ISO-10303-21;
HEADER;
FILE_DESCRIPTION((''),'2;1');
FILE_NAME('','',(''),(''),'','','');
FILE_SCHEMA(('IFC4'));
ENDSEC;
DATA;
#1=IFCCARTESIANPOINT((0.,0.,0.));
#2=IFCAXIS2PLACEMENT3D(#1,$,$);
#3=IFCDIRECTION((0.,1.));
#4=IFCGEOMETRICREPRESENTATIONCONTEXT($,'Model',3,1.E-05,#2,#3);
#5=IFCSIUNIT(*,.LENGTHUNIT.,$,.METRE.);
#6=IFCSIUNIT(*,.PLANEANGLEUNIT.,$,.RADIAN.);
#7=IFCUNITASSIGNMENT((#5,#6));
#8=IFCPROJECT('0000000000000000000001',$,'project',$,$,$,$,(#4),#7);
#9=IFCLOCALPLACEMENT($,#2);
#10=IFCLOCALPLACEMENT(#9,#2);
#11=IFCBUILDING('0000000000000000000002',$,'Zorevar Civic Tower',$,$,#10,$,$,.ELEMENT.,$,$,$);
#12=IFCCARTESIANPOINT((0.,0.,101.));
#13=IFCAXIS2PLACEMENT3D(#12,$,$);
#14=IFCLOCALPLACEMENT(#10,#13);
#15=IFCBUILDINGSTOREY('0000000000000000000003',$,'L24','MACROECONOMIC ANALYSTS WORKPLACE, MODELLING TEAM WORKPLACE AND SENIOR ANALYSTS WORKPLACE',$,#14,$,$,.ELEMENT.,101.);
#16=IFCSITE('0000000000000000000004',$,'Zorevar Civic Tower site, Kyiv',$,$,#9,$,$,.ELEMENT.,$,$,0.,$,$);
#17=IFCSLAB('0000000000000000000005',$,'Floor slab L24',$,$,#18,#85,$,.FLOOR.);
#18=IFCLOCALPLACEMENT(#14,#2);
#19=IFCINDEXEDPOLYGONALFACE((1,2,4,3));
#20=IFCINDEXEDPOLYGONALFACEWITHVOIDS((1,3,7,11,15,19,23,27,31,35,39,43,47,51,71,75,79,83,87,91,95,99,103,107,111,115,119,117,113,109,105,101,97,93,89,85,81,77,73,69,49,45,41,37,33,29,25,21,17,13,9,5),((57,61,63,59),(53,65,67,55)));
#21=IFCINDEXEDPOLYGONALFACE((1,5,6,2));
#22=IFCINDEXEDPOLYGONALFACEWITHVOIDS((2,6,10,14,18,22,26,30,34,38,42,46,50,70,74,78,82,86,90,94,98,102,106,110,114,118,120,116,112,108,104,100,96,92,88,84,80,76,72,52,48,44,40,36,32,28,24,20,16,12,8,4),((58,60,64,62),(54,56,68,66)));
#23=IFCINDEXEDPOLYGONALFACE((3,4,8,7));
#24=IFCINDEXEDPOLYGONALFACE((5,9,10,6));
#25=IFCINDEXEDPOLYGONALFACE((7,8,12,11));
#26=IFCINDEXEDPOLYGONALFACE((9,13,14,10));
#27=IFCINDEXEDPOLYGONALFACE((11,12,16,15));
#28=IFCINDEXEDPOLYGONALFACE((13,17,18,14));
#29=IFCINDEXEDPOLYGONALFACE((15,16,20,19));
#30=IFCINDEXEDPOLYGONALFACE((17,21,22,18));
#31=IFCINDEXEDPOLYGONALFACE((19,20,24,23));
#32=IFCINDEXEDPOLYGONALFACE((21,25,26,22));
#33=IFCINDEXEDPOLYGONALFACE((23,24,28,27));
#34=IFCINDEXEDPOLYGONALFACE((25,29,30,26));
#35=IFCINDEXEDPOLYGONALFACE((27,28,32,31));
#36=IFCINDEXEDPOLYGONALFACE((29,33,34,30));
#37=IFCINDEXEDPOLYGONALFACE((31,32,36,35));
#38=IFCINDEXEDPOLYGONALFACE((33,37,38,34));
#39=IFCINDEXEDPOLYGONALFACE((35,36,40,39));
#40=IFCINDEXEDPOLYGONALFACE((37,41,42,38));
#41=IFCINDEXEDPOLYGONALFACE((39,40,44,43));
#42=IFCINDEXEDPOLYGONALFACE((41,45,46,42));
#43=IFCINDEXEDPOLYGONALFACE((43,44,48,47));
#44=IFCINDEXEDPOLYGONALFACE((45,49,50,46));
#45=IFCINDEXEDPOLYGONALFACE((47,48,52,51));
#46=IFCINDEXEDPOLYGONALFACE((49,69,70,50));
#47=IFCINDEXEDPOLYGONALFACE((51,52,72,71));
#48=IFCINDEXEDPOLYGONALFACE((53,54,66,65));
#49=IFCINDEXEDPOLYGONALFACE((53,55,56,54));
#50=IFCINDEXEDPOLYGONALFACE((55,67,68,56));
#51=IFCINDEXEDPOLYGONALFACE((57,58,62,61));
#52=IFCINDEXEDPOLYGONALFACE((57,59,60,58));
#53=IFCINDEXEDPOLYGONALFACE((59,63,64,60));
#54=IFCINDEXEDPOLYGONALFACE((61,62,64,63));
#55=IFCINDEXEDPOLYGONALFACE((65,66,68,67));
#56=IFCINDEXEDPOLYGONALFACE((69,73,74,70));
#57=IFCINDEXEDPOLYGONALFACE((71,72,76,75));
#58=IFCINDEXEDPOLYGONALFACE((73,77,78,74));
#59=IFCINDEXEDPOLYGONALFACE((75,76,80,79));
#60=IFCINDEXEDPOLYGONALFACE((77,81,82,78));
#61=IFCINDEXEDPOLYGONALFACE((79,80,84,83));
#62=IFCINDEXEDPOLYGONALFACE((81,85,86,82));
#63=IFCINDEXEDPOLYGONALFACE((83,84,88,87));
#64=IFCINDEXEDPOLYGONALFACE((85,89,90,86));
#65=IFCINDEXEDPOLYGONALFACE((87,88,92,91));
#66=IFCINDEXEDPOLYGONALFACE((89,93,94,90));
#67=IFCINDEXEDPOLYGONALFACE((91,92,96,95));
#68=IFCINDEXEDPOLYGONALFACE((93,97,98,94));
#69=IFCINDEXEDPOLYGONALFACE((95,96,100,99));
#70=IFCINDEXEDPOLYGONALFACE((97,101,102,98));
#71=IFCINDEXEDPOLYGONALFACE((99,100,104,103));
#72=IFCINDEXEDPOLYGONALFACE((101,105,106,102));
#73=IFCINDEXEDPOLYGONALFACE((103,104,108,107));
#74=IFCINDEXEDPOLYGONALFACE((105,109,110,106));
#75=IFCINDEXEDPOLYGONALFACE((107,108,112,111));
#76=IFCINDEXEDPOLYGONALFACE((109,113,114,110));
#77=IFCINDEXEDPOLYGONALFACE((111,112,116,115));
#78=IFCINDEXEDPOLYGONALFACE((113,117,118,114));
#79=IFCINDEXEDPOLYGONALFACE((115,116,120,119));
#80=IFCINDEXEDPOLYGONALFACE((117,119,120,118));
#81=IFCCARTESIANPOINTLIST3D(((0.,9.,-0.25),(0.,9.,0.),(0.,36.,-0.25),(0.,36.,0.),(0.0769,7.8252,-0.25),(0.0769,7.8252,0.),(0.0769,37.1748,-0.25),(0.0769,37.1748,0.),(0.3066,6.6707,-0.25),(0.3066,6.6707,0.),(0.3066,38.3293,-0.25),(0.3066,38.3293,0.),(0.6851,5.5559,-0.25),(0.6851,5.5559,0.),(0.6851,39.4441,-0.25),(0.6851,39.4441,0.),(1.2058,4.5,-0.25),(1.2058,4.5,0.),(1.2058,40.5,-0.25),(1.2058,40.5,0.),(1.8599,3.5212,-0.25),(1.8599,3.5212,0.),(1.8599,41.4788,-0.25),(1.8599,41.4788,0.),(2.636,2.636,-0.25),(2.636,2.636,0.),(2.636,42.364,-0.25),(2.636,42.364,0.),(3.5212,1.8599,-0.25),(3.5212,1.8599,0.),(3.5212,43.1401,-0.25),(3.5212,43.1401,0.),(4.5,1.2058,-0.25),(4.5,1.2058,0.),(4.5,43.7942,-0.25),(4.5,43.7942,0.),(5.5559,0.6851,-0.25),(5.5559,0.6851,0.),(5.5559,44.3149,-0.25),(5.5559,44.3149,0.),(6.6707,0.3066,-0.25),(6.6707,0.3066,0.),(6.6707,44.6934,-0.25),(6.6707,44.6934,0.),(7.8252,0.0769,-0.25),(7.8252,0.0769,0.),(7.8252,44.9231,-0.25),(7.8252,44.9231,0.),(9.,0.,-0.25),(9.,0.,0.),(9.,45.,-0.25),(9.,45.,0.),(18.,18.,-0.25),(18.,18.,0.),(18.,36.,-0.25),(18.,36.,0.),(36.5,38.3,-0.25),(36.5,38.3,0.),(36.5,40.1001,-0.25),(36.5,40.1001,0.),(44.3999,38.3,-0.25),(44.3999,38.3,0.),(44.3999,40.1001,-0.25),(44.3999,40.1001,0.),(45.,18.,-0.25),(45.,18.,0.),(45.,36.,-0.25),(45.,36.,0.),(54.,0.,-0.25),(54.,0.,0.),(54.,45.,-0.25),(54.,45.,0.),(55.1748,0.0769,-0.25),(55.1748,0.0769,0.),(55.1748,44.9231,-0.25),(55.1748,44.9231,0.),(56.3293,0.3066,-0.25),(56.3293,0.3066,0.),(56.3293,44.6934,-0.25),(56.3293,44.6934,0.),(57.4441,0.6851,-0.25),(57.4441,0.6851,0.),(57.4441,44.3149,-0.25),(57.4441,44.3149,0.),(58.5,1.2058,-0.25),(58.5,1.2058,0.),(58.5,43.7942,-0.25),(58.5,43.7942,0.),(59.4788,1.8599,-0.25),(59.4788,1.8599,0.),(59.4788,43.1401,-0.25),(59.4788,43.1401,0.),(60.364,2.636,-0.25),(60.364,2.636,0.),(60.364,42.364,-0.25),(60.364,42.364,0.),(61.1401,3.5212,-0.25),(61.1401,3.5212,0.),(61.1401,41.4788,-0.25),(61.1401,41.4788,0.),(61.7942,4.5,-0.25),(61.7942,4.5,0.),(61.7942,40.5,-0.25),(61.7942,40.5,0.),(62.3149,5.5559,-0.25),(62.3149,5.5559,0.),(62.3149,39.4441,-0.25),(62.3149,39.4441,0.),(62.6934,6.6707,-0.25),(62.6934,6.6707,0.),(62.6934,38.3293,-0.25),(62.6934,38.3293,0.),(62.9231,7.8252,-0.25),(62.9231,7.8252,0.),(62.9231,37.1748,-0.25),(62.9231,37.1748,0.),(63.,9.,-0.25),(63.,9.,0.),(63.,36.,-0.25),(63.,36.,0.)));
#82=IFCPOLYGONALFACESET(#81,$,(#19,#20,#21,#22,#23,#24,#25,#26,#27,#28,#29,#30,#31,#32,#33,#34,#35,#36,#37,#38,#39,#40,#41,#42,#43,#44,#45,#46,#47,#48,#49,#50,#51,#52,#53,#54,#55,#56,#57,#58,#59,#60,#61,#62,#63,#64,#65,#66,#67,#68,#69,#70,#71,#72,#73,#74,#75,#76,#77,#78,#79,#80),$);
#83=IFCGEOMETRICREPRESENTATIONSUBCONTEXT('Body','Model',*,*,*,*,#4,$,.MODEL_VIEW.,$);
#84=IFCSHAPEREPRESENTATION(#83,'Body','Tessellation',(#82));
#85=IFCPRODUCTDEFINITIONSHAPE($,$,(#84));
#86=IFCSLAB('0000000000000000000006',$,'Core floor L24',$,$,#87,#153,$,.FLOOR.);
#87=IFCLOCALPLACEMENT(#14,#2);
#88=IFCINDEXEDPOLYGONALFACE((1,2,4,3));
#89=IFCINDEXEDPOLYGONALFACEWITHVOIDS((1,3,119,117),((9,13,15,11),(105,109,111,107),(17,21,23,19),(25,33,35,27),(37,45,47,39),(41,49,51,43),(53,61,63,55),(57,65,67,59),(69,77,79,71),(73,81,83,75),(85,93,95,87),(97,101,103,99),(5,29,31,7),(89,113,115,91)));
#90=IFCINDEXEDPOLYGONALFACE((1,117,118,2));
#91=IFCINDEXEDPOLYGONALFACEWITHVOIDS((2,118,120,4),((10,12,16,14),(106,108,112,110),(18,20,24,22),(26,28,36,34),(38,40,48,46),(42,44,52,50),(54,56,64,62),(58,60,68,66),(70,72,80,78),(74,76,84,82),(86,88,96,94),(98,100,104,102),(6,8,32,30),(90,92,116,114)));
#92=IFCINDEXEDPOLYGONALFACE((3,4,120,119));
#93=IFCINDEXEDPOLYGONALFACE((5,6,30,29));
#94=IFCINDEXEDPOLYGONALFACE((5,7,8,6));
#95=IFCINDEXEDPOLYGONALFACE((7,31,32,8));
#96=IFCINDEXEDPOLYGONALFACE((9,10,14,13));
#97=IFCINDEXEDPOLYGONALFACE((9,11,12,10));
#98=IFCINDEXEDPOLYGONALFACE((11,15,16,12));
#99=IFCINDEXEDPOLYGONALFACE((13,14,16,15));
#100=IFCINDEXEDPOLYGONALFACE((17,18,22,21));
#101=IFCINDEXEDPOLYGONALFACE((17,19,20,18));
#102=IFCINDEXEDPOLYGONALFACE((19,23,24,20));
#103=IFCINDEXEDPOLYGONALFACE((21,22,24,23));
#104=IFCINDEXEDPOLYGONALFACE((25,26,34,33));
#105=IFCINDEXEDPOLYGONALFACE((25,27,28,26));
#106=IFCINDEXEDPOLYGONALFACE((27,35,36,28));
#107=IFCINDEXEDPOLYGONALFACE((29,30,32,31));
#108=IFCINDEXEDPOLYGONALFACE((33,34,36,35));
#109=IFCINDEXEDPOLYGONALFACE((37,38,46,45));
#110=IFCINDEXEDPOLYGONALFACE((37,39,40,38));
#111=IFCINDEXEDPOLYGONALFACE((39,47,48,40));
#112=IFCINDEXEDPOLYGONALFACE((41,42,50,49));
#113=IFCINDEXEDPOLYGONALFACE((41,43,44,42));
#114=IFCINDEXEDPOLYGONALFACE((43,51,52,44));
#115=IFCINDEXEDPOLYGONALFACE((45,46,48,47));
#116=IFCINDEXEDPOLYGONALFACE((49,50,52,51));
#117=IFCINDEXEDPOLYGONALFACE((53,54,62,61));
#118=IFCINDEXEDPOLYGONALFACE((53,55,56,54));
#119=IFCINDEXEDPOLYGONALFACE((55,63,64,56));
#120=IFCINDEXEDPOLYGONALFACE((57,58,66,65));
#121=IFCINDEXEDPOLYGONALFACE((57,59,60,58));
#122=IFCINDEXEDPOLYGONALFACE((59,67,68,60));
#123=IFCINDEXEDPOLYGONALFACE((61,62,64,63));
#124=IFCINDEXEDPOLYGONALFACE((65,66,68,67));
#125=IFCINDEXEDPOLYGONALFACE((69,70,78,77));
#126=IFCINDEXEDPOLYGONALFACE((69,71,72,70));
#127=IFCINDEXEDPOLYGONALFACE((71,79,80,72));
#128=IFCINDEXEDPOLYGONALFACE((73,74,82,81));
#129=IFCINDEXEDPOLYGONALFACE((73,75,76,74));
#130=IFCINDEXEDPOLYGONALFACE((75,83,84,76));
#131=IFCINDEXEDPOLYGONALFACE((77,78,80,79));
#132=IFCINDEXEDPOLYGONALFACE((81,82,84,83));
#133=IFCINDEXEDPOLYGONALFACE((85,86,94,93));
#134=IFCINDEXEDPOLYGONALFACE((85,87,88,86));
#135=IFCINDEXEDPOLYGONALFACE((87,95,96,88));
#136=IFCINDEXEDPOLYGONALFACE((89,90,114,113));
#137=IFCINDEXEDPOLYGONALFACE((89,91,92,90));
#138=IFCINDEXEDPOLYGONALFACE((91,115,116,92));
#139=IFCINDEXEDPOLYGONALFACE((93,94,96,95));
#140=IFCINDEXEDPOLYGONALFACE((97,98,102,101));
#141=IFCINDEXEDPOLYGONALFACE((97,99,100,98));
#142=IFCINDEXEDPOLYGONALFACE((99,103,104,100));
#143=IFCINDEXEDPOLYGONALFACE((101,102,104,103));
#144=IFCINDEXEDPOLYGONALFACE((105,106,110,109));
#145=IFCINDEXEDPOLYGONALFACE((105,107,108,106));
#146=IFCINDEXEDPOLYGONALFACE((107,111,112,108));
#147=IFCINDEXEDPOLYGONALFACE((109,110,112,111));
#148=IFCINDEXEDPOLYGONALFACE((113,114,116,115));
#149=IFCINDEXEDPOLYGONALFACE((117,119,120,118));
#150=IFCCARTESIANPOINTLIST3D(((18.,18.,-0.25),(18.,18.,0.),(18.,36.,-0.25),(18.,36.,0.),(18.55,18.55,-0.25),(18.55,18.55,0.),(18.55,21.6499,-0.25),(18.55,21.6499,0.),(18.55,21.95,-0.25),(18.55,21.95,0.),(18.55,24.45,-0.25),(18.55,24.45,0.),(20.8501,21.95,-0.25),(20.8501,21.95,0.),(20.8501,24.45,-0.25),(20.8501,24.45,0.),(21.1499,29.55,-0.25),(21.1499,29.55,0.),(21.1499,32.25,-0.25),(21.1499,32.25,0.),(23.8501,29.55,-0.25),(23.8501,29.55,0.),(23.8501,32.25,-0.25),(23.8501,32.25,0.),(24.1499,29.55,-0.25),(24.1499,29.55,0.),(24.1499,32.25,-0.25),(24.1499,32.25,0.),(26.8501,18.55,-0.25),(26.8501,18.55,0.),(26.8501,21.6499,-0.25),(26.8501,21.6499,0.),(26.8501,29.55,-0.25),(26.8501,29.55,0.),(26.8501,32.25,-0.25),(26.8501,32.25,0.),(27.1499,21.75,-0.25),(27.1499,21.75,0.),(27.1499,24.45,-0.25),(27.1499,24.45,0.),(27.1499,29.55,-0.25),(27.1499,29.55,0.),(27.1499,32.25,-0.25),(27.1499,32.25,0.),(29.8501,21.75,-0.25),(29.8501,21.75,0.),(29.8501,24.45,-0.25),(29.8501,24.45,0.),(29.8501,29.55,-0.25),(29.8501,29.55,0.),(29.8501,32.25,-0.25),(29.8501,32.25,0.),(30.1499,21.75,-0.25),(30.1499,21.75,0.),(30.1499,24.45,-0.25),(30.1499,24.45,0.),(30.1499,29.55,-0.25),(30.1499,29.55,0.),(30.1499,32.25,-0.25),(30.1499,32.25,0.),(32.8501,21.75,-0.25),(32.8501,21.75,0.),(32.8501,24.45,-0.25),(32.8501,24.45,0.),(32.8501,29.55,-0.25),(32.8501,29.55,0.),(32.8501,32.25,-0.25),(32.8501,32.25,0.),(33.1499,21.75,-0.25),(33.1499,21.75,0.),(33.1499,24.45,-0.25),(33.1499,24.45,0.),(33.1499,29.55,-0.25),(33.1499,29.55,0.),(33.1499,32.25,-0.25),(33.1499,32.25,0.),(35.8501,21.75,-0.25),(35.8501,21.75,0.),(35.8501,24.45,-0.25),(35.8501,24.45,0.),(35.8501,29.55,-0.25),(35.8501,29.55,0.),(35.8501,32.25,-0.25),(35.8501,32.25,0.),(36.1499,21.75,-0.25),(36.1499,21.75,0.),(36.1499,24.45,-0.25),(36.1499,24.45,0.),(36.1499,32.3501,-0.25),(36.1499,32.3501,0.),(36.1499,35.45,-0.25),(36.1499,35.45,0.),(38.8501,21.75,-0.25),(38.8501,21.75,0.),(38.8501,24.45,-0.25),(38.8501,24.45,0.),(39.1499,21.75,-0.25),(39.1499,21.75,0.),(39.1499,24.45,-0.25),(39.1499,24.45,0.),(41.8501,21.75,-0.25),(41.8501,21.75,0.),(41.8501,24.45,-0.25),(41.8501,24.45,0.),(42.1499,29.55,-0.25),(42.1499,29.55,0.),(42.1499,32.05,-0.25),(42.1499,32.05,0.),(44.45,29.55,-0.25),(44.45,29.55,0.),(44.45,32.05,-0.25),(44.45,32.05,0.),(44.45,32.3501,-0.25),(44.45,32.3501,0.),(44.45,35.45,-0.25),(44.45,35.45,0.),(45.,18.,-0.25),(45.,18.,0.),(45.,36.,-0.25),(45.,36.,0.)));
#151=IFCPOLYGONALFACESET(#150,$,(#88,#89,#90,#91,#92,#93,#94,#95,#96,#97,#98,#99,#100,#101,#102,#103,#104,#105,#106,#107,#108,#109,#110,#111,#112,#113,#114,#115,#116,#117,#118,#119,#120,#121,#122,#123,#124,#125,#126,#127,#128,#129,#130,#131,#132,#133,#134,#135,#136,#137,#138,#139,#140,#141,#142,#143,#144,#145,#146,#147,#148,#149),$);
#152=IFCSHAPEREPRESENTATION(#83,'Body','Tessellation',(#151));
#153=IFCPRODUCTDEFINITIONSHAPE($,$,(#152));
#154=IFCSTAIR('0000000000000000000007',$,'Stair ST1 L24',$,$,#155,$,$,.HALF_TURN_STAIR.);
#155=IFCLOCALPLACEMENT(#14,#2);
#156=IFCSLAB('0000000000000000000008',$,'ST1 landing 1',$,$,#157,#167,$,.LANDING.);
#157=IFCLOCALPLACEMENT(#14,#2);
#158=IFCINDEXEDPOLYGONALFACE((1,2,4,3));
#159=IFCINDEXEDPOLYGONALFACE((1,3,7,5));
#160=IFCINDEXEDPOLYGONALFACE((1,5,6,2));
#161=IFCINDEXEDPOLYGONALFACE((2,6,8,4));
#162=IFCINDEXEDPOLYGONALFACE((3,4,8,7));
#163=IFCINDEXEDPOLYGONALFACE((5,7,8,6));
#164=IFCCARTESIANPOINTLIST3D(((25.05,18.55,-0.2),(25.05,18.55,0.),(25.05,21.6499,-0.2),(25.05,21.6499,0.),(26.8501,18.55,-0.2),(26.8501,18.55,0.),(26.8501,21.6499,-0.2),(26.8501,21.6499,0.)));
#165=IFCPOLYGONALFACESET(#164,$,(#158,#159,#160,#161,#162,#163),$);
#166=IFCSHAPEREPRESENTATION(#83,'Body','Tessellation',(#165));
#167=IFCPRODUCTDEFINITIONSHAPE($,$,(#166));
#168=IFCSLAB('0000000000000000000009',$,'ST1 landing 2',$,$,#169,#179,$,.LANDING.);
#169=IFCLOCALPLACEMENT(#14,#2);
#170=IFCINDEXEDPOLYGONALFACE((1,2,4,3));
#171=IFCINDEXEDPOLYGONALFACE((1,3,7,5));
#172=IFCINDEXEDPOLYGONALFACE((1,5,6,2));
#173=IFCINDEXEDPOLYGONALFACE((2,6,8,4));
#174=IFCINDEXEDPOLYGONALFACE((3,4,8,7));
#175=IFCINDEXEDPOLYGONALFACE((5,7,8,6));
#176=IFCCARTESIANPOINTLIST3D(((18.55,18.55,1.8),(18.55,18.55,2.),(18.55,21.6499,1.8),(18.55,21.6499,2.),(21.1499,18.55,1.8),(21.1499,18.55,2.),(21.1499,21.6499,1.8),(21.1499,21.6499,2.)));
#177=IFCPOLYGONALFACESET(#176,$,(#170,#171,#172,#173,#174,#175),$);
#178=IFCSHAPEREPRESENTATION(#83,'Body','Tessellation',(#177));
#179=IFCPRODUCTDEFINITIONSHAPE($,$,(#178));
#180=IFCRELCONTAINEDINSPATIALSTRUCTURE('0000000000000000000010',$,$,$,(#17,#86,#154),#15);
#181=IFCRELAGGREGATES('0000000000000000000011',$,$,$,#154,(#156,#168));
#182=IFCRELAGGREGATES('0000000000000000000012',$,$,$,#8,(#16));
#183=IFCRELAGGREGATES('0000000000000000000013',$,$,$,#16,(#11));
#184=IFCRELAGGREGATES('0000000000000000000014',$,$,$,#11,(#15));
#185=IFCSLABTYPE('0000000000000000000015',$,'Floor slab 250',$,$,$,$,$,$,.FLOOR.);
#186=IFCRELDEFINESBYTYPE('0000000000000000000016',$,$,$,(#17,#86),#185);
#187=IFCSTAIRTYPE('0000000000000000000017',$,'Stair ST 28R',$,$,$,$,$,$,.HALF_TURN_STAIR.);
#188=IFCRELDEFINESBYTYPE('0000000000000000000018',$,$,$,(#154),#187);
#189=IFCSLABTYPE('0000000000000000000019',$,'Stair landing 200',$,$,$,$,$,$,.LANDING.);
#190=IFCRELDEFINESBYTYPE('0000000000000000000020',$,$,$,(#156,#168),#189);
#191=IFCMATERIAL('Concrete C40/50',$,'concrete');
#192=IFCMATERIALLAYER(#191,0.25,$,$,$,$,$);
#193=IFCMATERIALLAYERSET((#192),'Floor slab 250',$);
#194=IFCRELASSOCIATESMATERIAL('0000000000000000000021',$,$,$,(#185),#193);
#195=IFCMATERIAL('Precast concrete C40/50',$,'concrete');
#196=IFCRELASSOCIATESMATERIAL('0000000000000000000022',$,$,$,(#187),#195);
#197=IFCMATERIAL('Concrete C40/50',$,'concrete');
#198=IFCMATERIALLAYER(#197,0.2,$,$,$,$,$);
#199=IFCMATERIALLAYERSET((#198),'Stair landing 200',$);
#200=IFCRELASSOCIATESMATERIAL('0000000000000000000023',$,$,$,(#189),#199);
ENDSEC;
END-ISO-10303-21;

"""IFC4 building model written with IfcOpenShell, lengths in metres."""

from ifc_helpers import new_model, si_unit, direction, frame, origin, place, context, subcontext, project, spatial, polyline, outline, extrude, material, layer, layer_set, type_object, element, aggregate, save


model = new_model("IFC4")

# Units and contexts
model_context = context("Model", 3, precision=1e-05, world=origin(), true_north=direction((0.0, 1.0)))
body_context = subcontext(model_context, "Body", "Model", "MODEL_VIEW")
ifc_project = project(units=[si_unit("LENGTHUNIT", "METRE"), si_unit("PLANEANGLEUNIT", "RADIAN")], contexts=[model_context])

# Site, building, storey
site_placement = place(None, origin())
site = spatial("IfcSite", under=ifc_project, at=site_placement, Name="Zorevar Civic Tower site, Kyiv", CompositionType="ELEMENT", RefElevation=0.0)
building_placement = place(site_placement, origin())
building = spatial("IfcBuilding", under=site, at=building_placement, Name="Zorevar Civic Tower", CompositionType="ELEMENT")
storey_placement = place(building_placement, frame((0.0, 0.0, 101.0)))
storey = spatial("IfcBuildingStorey", under=building, at=storey_placement, Name="L24", Description="MACROECONOMIC ANALYSTS WORKPLACE, MODELLING TEAM WORKPLACE AND SENIOR ANALYSTS WORKPLACE", CompositionType="ELEMENT", Elevation=101.0)

# Slabs
ifc_material_1 = material(Name="Concrete C40/50", Category="concrete")
ifc_layer_1 = layer(ifc_material_1, 0.25)
ifc_layer_set_1 = layer_set([ifc_layer_1], Name="Floor slab 250")
slab_type_1 = type_object("IfcSlabType", Name="Floor slab 250", PredefinedType="FLOOR", material=ifc_layer_set_1)
slab_1_placement = place(storey_placement, frame((0.0, 0.0, -0.25)))
element("IfcSlab", 1, at=slab_1_placement, inside=storey, type_object=slab_type_1, Name="Floor slab L24", PredefinedType="FLOOR", context=body_context, shape_type="SweptSolid", body=[
    extrude(outline(polyline([(54.0, 0.0), (55.1748, 0.0769), (56.3293, 0.3066), (57.4441, 0.6851), (58.5, 1.2058), (59.4788, 1.8599), (60.364, 2.636), (61.1401, 3.5212), (61.7942, 4.5), (62.3149, 5.5559), (62.6934, 6.6707), (62.9231, 7.8252), (63.0, 9.0), (63.0, 36.0), (62.9231, 37.1748), (62.6934, 38.3293), (62.3149, 39.4441), (61.7942, 40.5), (61.1401, 41.4788), (60.364, 42.364), (59.4788, 43.1401), (58.5, 43.7942), (57.4441, 44.3149), (56.3293, 44.6934), (55.1748, 44.9231), (54.0, 45.0), (9.0, 45.0), (7.8252, 44.9231), (6.6707, 44.6934), (5.5559, 44.3149), (4.5, 43.7942), (3.5212, 43.1401), (2.636, 42.364), (1.8599, 41.4788), (1.2058, 40.5), (0.6851, 39.4441), (0.3066, 38.3293), (0.0769, 37.1748), (0.0, 36.0), (0.0, 9.0), (0.0769, 7.8252), (0.3066, 6.6707), (0.6851, 5.5559), (1.2058, 4.5), (1.8599, 3.5212), (2.636, 2.636), (3.5212, 1.8599), (4.5, 1.2058), (5.5559, 0.6851), (6.6707, 0.3066), (7.8252, 0.0769), (9.0, 0.0), (54.0, 0.0)]), holes=[polyline([(18.0, 18.0), (45.0, 18.0), (45.0, 36.0), (18.0, 36.0), (18.0, 18.0)]), polyline([(36.5, 38.3), (44.3999, 38.3), (44.3999, 40.1001), (36.5, 40.1001), (36.5, 38.3)])]), origin(), (0.0, 0.0, 1.0), 0.25),
])
slab_2_placement = place(storey_placement, frame((0.0, 0.0, -0.25)))
element("IfcSlab", 2, at=slab_2_placement, inside=storey, type_object=slab_type_1, Name="Core floor L24", PredefinedType="FLOOR", context=body_context, shape_type="SweptSolid", body=[
    extrude(outline(polyline([(18.0, 18.0), (45.0, 18.0), (45.0, 36.0), (18.0, 36.0), (18.0, 18.0)]), holes=[polyline([(18.55, 18.55), (26.8501, 18.55), (26.8501, 21.6499), (18.55, 21.6499), (18.55, 18.55)]), polyline([(36.1499, 32.3501), (44.45, 32.3501), (44.45, 35.45), (36.1499, 35.45), (36.1499, 32.3501)]), polyline([(18.55, 21.95), (20.8501, 21.95), (20.8501, 24.45), (18.55, 24.45), (18.55, 21.95)]), polyline([(42.1499, 29.55), (44.45, 29.55), (44.45, 32.05), (42.1499, 32.05), (42.1499, 29.55)]), polyline([(27.1499, 21.75), (29.8501, 21.75), (29.8501, 24.45), (27.1499, 24.45), (27.1499, 21.75)]), polyline([(33.1499, 29.55), (35.8501, 29.55), (35.8501, 32.25), (33.1499, 32.25), (33.1499, 29.55)]), polyline([(30.1499, 21.75), (32.8501, 21.75), (32.8501, 24.45), (30.1499, 24.45), (30.1499, 21.75)]), polyline([(30.1499, 29.55), (32.8501, 29.55), (32.8501, 32.25), (30.1499, 32.25), (30.1499, 29.55)]), polyline([(33.1499, 21.75), (35.8501, 21.75), (35.8501, 24.45), (33.1499, 24.45), (33.1499, 21.75)]), polyline([(27.1499, 29.55), (29.8501, 29.55), (29.8501, 32.25), (27.1499, 32.25), (27.1499, 29.55)]), polyline([(36.1499, 21.75), (38.8501, 21.75), (38.8501, 24.45), (36.1499, 24.45), (36.1499, 21.75)]), polyline([(24.1499, 29.55), (26.8501, 29.55), (26.8501, 32.25), (24.1499, 32.25), (24.1499, 29.55)]), polyline([(39.1499, 21.75), (41.8501, 21.75), (41.8501, 24.45), (39.1499, 24.45), (39.1499, 21.75)]), polyline([(21.1499, 29.55), (23.8501, 29.55), (23.8501, 32.25), (21.1499, 32.25), (21.1499, 29.55)])]), origin(), (0.0, 0.0, 1.0), 0.25),
])

# Stair, slabs
ifc_material_2 = material(Name="Precast concrete C40/50", Category="concrete")
stair_type = type_object("IfcStairType", Name="Stair ST 28R", PredefinedType="HALF_TURN_STAIR", material=ifc_material_2)
stair_1_placement = place(storey_placement, origin())
stair_1 = element("IfcStair", 3, at=stair_1_placement, inside=storey, type_object=stair_type, Name="Stair ST1 L24", PredefinedType="HALF_TURN_STAIR")
ifc_material_3 = material(Name="Concrete C40/50", Category="concrete")
ifc_layer_2 = layer(ifc_material_3, 0.2)
ifc_layer_set_2 = layer_set([ifc_layer_2], Name="Stair landing 200")
slab_type_2 = type_object("IfcSlabType", Name="Stair landing 200", PredefinedType="LANDING", material=ifc_layer_set_2)
slab_3_placement = place(storey_placement, frame((0.0, 0.0, -0.2)))
slab_3 = element("IfcSlab", 4, at=slab_3_placement, type_object=slab_type_2, Name="ST1 landing 1", PredefinedType="LANDING", context=body_context, shape_type="SweptSolid", body=[
    extrude(outline(polyline([(25.05, 18.55), (26.8501, 18.55), (26.8501, 21.6499), (25.05, 21.6499), (25.05, 18.55)])), origin(), (0.0, 0.0, 1.0), 0.2),
])
slab_4_placement = place(storey_placement, frame((0.0, 0.0, 1.8)))
slab_4 = element("IfcSlab", 5, at=slab_4_placement, type_object=slab_type_2, Name="ST1 landing 2", PredefinedType="LANDING", context=body_context, shape_type="SweptSolid", body=[
    extrude(outline(polyline([(18.55, 18.55), (21.1499, 18.55), (21.1499, 21.6499), (18.55, 21.6499), (18.55, 18.55)])), origin(), (0.0, 0.0, 1.0), 0.2),
])
aggregate(stair_1, [slab_3, slab_4])

save(model, "model.ifc")
